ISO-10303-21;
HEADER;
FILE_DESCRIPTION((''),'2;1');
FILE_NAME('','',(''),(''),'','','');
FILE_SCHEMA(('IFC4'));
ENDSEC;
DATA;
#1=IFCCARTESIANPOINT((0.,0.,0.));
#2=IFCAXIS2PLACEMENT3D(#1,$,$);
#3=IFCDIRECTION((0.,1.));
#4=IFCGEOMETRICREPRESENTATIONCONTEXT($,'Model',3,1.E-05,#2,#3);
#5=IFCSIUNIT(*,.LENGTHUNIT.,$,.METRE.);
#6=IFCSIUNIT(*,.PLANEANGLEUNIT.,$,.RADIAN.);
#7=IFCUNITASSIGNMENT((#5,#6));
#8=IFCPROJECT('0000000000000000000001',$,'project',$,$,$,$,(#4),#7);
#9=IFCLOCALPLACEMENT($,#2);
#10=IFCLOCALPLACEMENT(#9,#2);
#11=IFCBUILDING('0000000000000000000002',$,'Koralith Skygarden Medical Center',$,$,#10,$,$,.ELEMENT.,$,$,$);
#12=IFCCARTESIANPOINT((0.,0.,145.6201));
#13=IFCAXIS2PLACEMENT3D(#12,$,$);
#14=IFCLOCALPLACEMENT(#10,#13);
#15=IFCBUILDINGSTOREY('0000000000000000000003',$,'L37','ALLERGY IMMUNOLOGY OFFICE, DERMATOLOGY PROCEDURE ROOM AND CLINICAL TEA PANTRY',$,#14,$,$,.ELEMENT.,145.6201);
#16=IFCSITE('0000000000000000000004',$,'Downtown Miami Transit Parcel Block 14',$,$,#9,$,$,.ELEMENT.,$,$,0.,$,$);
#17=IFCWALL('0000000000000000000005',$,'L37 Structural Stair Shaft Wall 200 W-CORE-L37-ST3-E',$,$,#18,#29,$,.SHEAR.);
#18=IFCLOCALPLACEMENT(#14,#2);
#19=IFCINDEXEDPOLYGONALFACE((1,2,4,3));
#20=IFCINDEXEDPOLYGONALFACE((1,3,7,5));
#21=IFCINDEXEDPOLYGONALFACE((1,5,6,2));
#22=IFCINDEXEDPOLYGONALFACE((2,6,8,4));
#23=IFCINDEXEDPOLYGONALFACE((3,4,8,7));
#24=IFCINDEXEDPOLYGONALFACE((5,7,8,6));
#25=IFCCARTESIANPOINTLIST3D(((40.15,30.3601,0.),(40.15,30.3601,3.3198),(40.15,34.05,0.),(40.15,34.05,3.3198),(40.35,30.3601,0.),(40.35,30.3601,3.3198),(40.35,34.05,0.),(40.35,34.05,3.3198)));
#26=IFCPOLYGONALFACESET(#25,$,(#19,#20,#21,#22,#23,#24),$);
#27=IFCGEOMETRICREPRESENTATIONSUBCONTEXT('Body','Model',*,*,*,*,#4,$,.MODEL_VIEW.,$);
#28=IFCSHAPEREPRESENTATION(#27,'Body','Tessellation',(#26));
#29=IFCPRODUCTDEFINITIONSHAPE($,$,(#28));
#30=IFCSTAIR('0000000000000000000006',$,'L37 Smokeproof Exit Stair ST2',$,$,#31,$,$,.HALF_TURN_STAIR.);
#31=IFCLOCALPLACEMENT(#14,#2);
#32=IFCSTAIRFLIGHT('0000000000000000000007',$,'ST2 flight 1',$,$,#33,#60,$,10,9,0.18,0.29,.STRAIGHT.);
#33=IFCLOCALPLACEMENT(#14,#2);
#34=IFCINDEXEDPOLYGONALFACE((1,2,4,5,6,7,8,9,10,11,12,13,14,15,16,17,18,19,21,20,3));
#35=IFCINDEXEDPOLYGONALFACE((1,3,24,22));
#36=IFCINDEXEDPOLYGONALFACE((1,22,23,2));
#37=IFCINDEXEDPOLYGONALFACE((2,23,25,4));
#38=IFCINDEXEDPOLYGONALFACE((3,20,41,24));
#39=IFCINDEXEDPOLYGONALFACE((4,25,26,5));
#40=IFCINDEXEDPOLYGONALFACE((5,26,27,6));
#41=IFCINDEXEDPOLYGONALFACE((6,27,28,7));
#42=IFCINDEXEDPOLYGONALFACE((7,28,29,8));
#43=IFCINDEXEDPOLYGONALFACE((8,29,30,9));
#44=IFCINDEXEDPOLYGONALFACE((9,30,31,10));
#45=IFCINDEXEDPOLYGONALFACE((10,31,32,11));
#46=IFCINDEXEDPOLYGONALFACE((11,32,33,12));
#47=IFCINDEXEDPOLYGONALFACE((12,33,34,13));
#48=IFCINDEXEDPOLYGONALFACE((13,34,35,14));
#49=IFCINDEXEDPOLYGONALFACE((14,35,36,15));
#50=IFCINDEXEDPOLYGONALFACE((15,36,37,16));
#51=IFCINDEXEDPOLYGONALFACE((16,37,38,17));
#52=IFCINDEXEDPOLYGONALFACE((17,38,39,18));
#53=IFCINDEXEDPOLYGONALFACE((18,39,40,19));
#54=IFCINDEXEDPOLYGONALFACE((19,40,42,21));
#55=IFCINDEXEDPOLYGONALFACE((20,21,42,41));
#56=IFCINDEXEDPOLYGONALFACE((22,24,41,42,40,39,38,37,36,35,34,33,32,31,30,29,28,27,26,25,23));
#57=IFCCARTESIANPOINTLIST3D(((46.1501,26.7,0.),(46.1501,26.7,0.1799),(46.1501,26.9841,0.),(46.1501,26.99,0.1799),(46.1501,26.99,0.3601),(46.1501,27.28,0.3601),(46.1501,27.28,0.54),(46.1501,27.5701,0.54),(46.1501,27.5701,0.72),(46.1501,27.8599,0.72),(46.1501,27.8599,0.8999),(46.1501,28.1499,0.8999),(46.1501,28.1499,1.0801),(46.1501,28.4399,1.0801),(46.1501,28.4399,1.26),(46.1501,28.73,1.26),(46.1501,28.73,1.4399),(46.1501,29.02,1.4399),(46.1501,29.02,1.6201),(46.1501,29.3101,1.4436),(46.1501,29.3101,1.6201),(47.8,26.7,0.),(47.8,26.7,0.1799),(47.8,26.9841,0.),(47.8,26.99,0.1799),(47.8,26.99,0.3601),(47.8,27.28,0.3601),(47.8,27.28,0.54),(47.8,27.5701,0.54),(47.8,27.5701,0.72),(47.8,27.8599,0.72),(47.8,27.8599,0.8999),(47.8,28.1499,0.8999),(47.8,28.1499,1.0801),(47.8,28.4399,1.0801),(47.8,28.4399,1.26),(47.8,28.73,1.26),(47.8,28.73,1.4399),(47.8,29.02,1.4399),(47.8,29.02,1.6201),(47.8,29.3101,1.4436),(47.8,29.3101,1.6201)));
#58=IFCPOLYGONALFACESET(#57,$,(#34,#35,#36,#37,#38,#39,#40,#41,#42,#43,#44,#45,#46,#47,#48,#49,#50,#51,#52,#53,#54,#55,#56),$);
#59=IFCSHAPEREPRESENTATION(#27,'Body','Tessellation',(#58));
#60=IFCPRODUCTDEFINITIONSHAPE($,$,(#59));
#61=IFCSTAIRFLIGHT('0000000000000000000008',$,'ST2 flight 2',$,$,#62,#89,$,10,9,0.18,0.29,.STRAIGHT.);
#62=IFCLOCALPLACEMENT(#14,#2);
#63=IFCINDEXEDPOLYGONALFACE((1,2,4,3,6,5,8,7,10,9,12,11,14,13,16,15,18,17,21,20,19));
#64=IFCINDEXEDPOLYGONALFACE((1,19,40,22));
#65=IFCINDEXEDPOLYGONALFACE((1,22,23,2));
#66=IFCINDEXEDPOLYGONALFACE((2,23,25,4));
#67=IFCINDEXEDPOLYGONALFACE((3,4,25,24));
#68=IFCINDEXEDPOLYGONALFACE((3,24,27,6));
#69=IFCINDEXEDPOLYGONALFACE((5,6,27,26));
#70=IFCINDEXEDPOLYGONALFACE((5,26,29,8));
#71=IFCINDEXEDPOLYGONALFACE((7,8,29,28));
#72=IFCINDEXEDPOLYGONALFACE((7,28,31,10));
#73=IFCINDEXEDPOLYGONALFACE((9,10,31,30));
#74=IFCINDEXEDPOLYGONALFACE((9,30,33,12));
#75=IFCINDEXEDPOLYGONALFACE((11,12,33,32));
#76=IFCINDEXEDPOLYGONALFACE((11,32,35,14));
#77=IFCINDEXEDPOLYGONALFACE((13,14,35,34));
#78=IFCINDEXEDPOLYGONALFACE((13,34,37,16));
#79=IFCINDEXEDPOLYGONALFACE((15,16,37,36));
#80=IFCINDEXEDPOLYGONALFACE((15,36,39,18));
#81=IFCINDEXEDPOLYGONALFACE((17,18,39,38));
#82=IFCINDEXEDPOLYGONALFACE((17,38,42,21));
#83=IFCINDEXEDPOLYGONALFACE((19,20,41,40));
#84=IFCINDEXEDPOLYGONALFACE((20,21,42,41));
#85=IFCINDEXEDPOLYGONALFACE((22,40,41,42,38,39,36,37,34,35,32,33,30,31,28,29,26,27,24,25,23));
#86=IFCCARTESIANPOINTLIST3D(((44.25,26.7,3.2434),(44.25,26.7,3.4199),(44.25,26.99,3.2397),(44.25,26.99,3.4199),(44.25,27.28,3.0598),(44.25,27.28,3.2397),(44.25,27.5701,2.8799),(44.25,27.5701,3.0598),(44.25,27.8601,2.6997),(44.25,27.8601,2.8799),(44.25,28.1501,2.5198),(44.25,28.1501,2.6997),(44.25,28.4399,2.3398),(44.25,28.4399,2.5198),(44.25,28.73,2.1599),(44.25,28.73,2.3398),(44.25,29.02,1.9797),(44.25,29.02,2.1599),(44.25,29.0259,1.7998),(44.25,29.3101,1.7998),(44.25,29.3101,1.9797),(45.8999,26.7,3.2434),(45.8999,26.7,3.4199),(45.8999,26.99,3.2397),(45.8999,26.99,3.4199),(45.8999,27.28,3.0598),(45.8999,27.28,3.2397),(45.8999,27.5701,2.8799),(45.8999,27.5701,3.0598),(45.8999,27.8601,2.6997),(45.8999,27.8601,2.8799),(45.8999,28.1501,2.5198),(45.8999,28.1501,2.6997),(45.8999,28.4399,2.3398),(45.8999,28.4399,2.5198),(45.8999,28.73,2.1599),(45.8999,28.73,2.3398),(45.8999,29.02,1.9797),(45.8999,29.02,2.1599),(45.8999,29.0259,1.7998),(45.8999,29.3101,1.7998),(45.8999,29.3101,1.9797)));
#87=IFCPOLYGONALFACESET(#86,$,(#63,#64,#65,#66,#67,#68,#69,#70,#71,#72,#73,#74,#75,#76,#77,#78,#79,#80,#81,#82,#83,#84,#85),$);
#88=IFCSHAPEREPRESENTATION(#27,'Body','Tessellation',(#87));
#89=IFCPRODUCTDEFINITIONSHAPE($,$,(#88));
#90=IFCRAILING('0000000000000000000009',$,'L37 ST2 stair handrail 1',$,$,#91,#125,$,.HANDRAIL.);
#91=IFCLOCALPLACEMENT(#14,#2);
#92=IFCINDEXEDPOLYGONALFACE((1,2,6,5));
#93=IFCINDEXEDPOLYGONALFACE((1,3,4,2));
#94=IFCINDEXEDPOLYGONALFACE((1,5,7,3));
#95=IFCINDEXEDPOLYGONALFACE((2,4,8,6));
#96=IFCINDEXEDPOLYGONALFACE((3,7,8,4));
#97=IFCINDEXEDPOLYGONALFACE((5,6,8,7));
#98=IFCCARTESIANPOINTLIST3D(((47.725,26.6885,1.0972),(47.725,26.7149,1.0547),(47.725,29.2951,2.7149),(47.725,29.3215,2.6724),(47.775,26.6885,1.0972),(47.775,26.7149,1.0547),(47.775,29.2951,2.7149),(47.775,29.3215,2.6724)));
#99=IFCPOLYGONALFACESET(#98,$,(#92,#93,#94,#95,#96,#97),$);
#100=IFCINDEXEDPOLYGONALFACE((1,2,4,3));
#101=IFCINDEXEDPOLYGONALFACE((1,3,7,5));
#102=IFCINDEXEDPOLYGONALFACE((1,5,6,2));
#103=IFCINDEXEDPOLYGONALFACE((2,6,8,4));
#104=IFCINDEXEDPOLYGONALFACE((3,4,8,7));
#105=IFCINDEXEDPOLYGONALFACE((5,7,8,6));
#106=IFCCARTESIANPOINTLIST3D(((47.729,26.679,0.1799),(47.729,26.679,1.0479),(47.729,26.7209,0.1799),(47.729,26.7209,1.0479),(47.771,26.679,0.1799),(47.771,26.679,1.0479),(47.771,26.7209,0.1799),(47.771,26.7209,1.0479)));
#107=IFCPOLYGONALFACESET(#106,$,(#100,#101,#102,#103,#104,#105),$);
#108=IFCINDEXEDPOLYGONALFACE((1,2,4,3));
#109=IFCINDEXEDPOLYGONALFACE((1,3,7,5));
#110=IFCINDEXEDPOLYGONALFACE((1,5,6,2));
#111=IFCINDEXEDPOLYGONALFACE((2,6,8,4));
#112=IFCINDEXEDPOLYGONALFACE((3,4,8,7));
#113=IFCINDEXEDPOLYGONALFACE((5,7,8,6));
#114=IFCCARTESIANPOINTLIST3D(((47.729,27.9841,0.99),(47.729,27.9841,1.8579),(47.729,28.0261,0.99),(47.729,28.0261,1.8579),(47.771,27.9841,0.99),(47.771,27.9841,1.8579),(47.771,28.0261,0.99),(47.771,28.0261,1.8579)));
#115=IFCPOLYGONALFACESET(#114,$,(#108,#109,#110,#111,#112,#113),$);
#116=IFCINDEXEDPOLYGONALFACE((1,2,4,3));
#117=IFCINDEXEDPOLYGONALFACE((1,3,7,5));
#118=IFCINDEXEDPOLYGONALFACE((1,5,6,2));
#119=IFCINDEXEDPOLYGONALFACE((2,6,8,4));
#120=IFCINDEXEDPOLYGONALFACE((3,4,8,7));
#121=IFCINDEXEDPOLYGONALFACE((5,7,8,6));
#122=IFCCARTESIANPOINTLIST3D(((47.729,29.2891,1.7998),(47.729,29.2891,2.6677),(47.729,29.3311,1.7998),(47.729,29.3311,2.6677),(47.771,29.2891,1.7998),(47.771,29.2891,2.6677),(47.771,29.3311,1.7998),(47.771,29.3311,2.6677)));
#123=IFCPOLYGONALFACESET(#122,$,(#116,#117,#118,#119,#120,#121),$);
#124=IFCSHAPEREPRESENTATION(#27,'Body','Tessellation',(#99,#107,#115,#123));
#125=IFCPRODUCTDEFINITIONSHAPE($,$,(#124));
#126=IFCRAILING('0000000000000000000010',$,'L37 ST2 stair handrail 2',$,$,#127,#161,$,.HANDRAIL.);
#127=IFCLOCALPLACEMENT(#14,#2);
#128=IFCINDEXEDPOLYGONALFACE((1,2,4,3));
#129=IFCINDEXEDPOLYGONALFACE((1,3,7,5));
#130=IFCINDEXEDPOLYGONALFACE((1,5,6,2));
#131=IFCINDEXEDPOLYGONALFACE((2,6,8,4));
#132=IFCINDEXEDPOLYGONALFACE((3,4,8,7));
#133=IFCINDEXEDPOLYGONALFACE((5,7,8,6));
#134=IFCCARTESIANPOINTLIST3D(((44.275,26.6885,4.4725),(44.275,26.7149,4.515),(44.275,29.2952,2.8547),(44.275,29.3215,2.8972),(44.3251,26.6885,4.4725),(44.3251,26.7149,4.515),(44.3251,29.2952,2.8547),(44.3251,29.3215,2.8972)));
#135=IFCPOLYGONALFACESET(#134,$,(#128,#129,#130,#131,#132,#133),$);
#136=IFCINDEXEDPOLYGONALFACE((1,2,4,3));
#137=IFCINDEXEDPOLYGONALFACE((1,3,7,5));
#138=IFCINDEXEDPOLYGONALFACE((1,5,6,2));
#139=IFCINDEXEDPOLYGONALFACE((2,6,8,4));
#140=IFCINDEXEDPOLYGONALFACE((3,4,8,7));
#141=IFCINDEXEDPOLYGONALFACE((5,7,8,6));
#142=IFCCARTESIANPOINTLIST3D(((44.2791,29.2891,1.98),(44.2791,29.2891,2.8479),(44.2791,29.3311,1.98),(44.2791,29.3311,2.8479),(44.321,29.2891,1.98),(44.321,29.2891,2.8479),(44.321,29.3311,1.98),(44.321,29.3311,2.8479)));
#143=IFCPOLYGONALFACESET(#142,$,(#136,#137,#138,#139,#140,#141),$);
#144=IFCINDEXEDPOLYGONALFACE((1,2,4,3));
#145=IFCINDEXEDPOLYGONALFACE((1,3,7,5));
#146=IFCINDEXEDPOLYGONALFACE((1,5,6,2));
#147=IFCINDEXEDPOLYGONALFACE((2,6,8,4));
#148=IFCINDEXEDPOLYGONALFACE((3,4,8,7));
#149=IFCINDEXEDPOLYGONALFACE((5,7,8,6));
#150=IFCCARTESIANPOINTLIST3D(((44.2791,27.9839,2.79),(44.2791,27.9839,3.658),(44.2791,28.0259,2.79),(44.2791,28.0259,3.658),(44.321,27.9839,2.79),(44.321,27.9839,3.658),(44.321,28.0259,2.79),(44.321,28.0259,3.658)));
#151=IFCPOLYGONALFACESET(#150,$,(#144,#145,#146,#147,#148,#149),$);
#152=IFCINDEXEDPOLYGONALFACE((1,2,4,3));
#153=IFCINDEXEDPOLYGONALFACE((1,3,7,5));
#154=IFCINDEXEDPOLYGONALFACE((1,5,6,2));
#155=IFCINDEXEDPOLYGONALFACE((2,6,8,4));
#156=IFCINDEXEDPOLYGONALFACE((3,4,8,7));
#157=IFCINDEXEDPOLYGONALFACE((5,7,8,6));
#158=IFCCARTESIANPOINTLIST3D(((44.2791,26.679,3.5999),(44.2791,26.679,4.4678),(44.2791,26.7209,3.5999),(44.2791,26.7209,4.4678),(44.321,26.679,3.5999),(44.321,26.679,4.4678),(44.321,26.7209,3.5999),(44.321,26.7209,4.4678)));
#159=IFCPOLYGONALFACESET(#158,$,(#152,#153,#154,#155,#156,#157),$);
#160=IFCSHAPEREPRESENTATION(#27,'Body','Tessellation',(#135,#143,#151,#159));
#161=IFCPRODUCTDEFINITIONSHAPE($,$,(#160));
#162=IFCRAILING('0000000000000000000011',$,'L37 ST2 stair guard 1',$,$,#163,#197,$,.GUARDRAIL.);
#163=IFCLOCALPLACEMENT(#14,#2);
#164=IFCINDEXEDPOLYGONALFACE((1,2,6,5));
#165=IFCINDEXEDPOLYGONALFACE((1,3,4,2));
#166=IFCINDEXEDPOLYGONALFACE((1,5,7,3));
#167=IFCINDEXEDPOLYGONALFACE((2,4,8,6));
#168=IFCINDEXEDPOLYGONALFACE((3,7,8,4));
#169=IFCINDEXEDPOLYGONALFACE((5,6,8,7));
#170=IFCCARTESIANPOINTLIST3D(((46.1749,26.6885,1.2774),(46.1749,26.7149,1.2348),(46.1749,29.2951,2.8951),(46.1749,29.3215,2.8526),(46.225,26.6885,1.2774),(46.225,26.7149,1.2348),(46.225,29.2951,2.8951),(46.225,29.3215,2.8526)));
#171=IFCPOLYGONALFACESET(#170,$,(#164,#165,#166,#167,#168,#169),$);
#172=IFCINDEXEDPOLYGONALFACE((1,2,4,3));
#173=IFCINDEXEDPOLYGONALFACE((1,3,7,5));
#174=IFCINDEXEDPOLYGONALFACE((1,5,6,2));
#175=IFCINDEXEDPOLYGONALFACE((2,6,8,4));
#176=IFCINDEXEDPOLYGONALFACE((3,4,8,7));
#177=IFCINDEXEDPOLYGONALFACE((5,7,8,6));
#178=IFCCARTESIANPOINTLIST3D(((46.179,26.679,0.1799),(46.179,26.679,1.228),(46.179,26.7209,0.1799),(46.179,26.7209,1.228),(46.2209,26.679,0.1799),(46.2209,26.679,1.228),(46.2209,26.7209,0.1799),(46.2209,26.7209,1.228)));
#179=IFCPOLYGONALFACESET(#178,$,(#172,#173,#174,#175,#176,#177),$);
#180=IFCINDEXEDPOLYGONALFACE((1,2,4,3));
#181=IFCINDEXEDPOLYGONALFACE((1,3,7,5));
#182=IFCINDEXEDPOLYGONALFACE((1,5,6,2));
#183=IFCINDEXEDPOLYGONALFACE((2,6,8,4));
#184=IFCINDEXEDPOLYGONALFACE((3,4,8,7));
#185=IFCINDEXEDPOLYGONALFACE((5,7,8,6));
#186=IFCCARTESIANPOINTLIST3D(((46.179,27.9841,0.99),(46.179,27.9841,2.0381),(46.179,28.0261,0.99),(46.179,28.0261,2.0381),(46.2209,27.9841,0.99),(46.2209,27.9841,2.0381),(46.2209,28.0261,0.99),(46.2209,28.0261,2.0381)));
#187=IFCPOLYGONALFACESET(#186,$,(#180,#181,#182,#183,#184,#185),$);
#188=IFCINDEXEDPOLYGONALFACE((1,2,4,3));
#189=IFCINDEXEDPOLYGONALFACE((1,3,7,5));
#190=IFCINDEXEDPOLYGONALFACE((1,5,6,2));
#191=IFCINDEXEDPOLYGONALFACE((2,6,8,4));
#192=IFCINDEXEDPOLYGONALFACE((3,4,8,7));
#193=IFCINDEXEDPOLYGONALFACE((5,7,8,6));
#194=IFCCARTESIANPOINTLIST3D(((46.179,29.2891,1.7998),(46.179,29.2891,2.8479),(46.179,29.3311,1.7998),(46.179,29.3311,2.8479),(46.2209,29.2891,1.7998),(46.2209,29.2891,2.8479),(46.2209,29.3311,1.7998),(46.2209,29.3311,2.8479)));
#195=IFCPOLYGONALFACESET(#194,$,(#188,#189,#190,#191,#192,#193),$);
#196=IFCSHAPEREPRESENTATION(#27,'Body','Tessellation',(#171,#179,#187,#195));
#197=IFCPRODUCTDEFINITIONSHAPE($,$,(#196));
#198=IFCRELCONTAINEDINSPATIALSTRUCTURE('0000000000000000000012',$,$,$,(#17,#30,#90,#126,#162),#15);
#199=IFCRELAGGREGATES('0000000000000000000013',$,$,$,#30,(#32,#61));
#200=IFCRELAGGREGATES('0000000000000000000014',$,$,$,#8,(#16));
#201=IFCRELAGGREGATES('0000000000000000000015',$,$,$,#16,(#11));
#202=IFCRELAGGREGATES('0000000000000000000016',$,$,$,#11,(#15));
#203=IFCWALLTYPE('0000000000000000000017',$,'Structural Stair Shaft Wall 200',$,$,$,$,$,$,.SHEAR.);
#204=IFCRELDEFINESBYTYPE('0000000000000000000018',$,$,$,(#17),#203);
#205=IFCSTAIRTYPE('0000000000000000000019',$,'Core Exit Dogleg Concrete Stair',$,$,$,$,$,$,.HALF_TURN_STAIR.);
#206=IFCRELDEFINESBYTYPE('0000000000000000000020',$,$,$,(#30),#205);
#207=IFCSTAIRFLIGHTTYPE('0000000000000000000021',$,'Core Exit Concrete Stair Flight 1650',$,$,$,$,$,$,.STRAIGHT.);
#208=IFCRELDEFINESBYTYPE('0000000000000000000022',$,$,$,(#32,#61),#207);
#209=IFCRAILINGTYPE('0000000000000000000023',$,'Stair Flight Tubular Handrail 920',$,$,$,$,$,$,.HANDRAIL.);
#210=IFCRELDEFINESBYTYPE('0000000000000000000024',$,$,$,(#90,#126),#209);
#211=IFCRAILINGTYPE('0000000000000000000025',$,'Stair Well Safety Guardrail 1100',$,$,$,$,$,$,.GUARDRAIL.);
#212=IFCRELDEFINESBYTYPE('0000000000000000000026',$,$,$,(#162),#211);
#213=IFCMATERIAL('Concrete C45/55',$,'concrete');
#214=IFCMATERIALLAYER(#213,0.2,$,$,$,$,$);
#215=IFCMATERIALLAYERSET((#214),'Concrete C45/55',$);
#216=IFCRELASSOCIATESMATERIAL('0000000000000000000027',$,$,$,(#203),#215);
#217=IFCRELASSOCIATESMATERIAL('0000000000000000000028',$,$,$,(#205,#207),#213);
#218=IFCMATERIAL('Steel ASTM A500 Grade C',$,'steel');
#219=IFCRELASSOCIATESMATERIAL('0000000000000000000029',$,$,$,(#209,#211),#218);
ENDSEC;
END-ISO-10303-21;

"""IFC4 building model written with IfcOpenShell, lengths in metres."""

from ifc_helpers import new_model, si_unit, direction, frame, frame_2d, origin, origin_2d, place, context, subcontext, project, spatial, polyline, rectangle, outline, extrude, material, layer, layer_set, type_object, element, aggregate, save


model = new_model("IFC4")

# Units and contexts
model_context = context("Model", 3, precision=1e-05, world=origin(), true_north=direction((0.0, 1.0)))
body_context = subcontext(model_context, "Body", "Model", "MODEL_VIEW")
ifc_project = project(units=[si_unit("LENGTHUNIT", "METRE"), si_unit("PLANEANGLEUNIT", "RADIAN")], contexts=[model_context])

# Site, building, storey
site_placement = place(None, origin())
site = spatial("IfcSite", under=ifc_project, at=site_placement, Name="Downtown Miami Transit Parcel Block 14", CompositionType="ELEMENT", RefElevation=0.0)
building_placement = place(site_placement, origin())
building = spatial("IfcBuilding", under=site, at=building_placement, Name="Koralith Skygarden Medical Center", CompositionType="ELEMENT")
storey_placement = place(building_placement, frame((0.0, 0.0, 145.6201)))
storey = spatial("IfcBuildingStorey", under=building, at=storey_placement, Name="L37", Description="ALLERGY IMMUNOLOGY OFFICE, DERMATOLOGY PROCEDURE ROOM AND CLINICAL TEA PANTRY", CompositionType="ELEMENT", Elevation=145.6201)

# Shared definitions
ifc_material_1 = material(Name="Concrete C45/55", Category="concrete")

# Shared definitions
ifc_material_2 = material(Name="Steel ASTM A500 Grade C", Category="steel")

# Wall
ifc_layer_1 = layer(ifc_material_1, 0.2)
ifc_layer_set_1 = layer_set([ifc_layer_1], Name="Concrete C45/55")
wall_type_1 = type_object("IfcWallType", Name="Structural Stair Shaft Wall 200", PredefinedType="SHEAR", material=ifc_layer_set_1)
wall_1_placement = place(storey_placement, frame((40.25, 30.3601, 0.0), z_axis=(0.0, 0.0, 1.0), x_axis=(0.0, 1.0, 0.0)))
element("IfcWall", 1, at=wall_1_placement, inside=storey, type_object=wall_type_1, Name="L37 Structural Stair Shaft Wall 200 W-CORE-L37-ST3-E", PredefinedType="SHEAR", context=body_context, shape_type="SweptSolid", body=[
    extrude(rectangle(XDim=3.6899, YDim=0.2, at=frame_2d((1.845, 0.0))), origin(), (0.0, 0.0, 1.0), 3.3198),
])

# Stair, stair flights
stair_type = type_object("IfcStairType", Name="Core Exit Dogleg Concrete Stair", PredefinedType="HALF_TURN_STAIR", material=ifc_material_1)
stair_placement = place(storey_placement, origin())
stair = element("IfcStair", 2, at=stair_placement, inside=storey, type_object=stair_type, Name="L37 Smokeproof Exit Stair ST2", PredefinedType="HALF_TURN_STAIR")
stair_flight_type = type_object("IfcStairFlightType", Name="Core Exit Concrete Stair Flight 1650", PredefinedType="STRAIGHT", material=ifc_material_1)
stair_flight_1_placement = place(storey_placement, frame((46.9751, 26.7, 0.0), z_axis=(0.0, 0.0, 1.0), x_axis=(0.0, 1.0, 0.0)))
stair_flight_1 = element("IfcStairFlight", 3, at=stair_flight_1_placement, type_object=stair_flight_type, Name="ST2 flight 1", NumberOfRisers=10, NumberOfTreads=9, PredefinedType="STRAIGHT", RiserHeight=0.18, TreadLength=0.29, context=body_context, shape_type="SweptSolid", body=[
    extrude(outline(polyline([(0.0, 0.0), (0.0, 0.1799), (0.29, 0.1799), (0.29, 0.3601), (0.5801, 0.3601), (0.5801, 0.54), (0.8701, 0.54), (0.8701, 0.72), (1.1599, 0.72), (1.1599, 0.8999), (1.45, 0.8999), (1.45, 1.0801), (1.74, 1.0801), (1.74, 1.26), (2.03, 1.26), (2.03, 1.4399), (2.3201, 1.4399), (2.3201, 1.6201), (2.6101, 1.6201), (2.6101, 1.8), (2.6101, 1.4436), (0.2842, 0.0), (0.0, 0.0)])), frame((0.0, 0.825, 0.0), z_axis=(0.0, -1.0, 0.0), x_axis=(1.0, 0.0, 0.0)), (0.0, 0.0, 1.0), 1.6499),
])
stair_flight_2_placement = place(storey_placement, frame((45.075, 29.3101, 1.7998), z_axis=(0.0, 0.0, 1.0), x_axis=(0.0, -1.0, 0.0)))
stair_flight_2 = element("IfcStairFlight", 4, at=stair_flight_2_placement, type_object=stair_flight_type, Name="ST2 flight 2", NumberOfRisers=10, NumberOfTreads=9, PredefinedType="STRAIGHT", RiserHeight=0.18, TreadLength=0.29, context=body_context, shape_type="SweptSolid", body=[
    extrude(outline(polyline([(0.0, 0.0), (0.0, 0.1799), (0.29, 0.1799), (0.29, 0.3601), (0.5801, 0.3601), (0.5801, 0.54), (0.8701, 0.54), (0.8701, 0.72), (1.1599, 0.72), (1.1599, 0.8999), (1.45, 0.8999), (1.45, 1.0801), (1.74, 1.0801), (1.74, 1.26), (2.03, 1.26), (2.03, 1.4399), (2.3201, 1.4399), (2.3201, 1.6201), (2.6101, 1.6201), (2.6101, 1.8), (2.6101, 1.4436), (0.2842, 0.0), (0.0, 0.0)])), frame((0.0, 0.825, 0.0), z_axis=(0.0, -1.0, 0.0), x_axis=(1.0, 0.0, 0.0)), (0.0, 0.0, 1.0), 1.6499),
])
aggregate(stair, [stair_flight_1, stair_flight_2])

# Railings
railing_type_1 = type_object("IfcRailingType", Name="Stair Flight Tubular Handrail 920", PredefinedType="HANDRAIL", material=ifc_material_2)
railing_1_placement = place(storey_placement, frame((47.75, 26.7, 0.1799)))
element("IfcRailing", 5, at=railing_1_placement, inside=storey, type_object=railing_type_1, Name="L37 ST2 stair handrail 1", PredefinedType="HANDRAIL", context=body_context, shape_type="SweptSolid", body=[
    extrude(rectangle(XDim=0.05, YDim=0.05, at=origin_2d()), frame((0.0, 0.0017, 0.896), z_axis=(0.0, 0.849668, 0.527317), x_axis=(-1.0, 0.0, 0.0)), (0.0, 0.0, 1.0), 3.0679),
    extrude(rectangle(XDim=0.042, YDim=0.042, at=origin_2d()), origin(), (0.0, 0.0, 1.0), 0.8679),
    extrude(rectangle(XDim=0.042, YDim=0.042, at=origin_2d()), frame((0.0, 1.3052, 0.8101)), (0.0, 0.0, 1.0), 0.8679),
    extrude(rectangle(XDim=0.042, YDim=0.042, at=origin_2d()), frame((0.0, 2.6101, 1.6199)), (0.0, 0.0, 1.0), 0.8679),
])
railing_2_placement = place(storey_placement, frame((44.3, 29.3101, 1.98)))
element("IfcRailing", 6, at=railing_2_placement, inside=storey, type_object=railing_type_1, Name="L37 ST2 stair handrail 2", PredefinedType="HANDRAIL", context=body_context, shape_type="SweptSolid", body=[
    extrude(rectangle(XDim=0.05, YDim=0.05, at=origin_2d()), frame((0.0, -0.0017, 0.896), z_axis=(0.0, -0.849668, 0.527317), x_axis=(1.0, 0.0, 0.0)), (0.0, 0.0, 1.0), 3.0679),
    extrude(rectangle(XDim=0.042, YDim=0.042, at=origin_2d()), origin(), (0.0, 0.0, 1.0), 0.8679),
    extrude(rectangle(XDim=0.042, YDim=0.042, at=origin_2d()), frame((0.0, -1.3052, 0.8101)), (0.0, 0.0, 1.0), 0.8679),
    extrude(rectangle(XDim=0.042, YDim=0.042, at=origin_2d()), frame((0.0, -2.6101, 1.6199)), (0.0, 0.0, 1.0), 0.8679),
])
railing_type_2 = type_object("IfcRailingType", Name="Stair Well Safety Guardrail 1100", PredefinedType="GUARDRAIL", material=ifc_material_2)
railing_3_placement = place(storey_placement, frame((46.2, 26.7, 0.1799)))
element("IfcRailing", 7, at=railing_3_placement, inside=storey, type_object=railing_type_2, Name="L37 ST2 stair guard 1", PredefinedType="GUARDRAIL", context=body_context, shape_type="SweptSolid", body=[
    extrude(rectangle(XDim=0.05, YDim=0.05, at=origin_2d()), frame((0.0, 0.0017, 1.0762), z_axis=(0.0, 0.849668, 0.527317), x_axis=(-1.0, 0.0, 0.0)), (0.0, 0.0, 1.0), 3.0679),
    extrude(rectangle(XDim=0.042, YDim=0.042, at=origin_2d()), origin(), (0.0, 0.0, 1.0), 1.0481),
    extrude(rectangle(XDim=0.042, YDim=0.042, at=origin_2d()), frame((0.0, 1.3052, 0.8101)), (0.0, 0.0, 1.0), 1.0481),
    extrude(rectangle(XDim=0.042, YDim=0.042, at=origin_2d()), frame((0.0, 2.6101, 1.6199)), (0.0, 0.0, 1.0), 1.0481),
])

save(model, "model.ifc")
